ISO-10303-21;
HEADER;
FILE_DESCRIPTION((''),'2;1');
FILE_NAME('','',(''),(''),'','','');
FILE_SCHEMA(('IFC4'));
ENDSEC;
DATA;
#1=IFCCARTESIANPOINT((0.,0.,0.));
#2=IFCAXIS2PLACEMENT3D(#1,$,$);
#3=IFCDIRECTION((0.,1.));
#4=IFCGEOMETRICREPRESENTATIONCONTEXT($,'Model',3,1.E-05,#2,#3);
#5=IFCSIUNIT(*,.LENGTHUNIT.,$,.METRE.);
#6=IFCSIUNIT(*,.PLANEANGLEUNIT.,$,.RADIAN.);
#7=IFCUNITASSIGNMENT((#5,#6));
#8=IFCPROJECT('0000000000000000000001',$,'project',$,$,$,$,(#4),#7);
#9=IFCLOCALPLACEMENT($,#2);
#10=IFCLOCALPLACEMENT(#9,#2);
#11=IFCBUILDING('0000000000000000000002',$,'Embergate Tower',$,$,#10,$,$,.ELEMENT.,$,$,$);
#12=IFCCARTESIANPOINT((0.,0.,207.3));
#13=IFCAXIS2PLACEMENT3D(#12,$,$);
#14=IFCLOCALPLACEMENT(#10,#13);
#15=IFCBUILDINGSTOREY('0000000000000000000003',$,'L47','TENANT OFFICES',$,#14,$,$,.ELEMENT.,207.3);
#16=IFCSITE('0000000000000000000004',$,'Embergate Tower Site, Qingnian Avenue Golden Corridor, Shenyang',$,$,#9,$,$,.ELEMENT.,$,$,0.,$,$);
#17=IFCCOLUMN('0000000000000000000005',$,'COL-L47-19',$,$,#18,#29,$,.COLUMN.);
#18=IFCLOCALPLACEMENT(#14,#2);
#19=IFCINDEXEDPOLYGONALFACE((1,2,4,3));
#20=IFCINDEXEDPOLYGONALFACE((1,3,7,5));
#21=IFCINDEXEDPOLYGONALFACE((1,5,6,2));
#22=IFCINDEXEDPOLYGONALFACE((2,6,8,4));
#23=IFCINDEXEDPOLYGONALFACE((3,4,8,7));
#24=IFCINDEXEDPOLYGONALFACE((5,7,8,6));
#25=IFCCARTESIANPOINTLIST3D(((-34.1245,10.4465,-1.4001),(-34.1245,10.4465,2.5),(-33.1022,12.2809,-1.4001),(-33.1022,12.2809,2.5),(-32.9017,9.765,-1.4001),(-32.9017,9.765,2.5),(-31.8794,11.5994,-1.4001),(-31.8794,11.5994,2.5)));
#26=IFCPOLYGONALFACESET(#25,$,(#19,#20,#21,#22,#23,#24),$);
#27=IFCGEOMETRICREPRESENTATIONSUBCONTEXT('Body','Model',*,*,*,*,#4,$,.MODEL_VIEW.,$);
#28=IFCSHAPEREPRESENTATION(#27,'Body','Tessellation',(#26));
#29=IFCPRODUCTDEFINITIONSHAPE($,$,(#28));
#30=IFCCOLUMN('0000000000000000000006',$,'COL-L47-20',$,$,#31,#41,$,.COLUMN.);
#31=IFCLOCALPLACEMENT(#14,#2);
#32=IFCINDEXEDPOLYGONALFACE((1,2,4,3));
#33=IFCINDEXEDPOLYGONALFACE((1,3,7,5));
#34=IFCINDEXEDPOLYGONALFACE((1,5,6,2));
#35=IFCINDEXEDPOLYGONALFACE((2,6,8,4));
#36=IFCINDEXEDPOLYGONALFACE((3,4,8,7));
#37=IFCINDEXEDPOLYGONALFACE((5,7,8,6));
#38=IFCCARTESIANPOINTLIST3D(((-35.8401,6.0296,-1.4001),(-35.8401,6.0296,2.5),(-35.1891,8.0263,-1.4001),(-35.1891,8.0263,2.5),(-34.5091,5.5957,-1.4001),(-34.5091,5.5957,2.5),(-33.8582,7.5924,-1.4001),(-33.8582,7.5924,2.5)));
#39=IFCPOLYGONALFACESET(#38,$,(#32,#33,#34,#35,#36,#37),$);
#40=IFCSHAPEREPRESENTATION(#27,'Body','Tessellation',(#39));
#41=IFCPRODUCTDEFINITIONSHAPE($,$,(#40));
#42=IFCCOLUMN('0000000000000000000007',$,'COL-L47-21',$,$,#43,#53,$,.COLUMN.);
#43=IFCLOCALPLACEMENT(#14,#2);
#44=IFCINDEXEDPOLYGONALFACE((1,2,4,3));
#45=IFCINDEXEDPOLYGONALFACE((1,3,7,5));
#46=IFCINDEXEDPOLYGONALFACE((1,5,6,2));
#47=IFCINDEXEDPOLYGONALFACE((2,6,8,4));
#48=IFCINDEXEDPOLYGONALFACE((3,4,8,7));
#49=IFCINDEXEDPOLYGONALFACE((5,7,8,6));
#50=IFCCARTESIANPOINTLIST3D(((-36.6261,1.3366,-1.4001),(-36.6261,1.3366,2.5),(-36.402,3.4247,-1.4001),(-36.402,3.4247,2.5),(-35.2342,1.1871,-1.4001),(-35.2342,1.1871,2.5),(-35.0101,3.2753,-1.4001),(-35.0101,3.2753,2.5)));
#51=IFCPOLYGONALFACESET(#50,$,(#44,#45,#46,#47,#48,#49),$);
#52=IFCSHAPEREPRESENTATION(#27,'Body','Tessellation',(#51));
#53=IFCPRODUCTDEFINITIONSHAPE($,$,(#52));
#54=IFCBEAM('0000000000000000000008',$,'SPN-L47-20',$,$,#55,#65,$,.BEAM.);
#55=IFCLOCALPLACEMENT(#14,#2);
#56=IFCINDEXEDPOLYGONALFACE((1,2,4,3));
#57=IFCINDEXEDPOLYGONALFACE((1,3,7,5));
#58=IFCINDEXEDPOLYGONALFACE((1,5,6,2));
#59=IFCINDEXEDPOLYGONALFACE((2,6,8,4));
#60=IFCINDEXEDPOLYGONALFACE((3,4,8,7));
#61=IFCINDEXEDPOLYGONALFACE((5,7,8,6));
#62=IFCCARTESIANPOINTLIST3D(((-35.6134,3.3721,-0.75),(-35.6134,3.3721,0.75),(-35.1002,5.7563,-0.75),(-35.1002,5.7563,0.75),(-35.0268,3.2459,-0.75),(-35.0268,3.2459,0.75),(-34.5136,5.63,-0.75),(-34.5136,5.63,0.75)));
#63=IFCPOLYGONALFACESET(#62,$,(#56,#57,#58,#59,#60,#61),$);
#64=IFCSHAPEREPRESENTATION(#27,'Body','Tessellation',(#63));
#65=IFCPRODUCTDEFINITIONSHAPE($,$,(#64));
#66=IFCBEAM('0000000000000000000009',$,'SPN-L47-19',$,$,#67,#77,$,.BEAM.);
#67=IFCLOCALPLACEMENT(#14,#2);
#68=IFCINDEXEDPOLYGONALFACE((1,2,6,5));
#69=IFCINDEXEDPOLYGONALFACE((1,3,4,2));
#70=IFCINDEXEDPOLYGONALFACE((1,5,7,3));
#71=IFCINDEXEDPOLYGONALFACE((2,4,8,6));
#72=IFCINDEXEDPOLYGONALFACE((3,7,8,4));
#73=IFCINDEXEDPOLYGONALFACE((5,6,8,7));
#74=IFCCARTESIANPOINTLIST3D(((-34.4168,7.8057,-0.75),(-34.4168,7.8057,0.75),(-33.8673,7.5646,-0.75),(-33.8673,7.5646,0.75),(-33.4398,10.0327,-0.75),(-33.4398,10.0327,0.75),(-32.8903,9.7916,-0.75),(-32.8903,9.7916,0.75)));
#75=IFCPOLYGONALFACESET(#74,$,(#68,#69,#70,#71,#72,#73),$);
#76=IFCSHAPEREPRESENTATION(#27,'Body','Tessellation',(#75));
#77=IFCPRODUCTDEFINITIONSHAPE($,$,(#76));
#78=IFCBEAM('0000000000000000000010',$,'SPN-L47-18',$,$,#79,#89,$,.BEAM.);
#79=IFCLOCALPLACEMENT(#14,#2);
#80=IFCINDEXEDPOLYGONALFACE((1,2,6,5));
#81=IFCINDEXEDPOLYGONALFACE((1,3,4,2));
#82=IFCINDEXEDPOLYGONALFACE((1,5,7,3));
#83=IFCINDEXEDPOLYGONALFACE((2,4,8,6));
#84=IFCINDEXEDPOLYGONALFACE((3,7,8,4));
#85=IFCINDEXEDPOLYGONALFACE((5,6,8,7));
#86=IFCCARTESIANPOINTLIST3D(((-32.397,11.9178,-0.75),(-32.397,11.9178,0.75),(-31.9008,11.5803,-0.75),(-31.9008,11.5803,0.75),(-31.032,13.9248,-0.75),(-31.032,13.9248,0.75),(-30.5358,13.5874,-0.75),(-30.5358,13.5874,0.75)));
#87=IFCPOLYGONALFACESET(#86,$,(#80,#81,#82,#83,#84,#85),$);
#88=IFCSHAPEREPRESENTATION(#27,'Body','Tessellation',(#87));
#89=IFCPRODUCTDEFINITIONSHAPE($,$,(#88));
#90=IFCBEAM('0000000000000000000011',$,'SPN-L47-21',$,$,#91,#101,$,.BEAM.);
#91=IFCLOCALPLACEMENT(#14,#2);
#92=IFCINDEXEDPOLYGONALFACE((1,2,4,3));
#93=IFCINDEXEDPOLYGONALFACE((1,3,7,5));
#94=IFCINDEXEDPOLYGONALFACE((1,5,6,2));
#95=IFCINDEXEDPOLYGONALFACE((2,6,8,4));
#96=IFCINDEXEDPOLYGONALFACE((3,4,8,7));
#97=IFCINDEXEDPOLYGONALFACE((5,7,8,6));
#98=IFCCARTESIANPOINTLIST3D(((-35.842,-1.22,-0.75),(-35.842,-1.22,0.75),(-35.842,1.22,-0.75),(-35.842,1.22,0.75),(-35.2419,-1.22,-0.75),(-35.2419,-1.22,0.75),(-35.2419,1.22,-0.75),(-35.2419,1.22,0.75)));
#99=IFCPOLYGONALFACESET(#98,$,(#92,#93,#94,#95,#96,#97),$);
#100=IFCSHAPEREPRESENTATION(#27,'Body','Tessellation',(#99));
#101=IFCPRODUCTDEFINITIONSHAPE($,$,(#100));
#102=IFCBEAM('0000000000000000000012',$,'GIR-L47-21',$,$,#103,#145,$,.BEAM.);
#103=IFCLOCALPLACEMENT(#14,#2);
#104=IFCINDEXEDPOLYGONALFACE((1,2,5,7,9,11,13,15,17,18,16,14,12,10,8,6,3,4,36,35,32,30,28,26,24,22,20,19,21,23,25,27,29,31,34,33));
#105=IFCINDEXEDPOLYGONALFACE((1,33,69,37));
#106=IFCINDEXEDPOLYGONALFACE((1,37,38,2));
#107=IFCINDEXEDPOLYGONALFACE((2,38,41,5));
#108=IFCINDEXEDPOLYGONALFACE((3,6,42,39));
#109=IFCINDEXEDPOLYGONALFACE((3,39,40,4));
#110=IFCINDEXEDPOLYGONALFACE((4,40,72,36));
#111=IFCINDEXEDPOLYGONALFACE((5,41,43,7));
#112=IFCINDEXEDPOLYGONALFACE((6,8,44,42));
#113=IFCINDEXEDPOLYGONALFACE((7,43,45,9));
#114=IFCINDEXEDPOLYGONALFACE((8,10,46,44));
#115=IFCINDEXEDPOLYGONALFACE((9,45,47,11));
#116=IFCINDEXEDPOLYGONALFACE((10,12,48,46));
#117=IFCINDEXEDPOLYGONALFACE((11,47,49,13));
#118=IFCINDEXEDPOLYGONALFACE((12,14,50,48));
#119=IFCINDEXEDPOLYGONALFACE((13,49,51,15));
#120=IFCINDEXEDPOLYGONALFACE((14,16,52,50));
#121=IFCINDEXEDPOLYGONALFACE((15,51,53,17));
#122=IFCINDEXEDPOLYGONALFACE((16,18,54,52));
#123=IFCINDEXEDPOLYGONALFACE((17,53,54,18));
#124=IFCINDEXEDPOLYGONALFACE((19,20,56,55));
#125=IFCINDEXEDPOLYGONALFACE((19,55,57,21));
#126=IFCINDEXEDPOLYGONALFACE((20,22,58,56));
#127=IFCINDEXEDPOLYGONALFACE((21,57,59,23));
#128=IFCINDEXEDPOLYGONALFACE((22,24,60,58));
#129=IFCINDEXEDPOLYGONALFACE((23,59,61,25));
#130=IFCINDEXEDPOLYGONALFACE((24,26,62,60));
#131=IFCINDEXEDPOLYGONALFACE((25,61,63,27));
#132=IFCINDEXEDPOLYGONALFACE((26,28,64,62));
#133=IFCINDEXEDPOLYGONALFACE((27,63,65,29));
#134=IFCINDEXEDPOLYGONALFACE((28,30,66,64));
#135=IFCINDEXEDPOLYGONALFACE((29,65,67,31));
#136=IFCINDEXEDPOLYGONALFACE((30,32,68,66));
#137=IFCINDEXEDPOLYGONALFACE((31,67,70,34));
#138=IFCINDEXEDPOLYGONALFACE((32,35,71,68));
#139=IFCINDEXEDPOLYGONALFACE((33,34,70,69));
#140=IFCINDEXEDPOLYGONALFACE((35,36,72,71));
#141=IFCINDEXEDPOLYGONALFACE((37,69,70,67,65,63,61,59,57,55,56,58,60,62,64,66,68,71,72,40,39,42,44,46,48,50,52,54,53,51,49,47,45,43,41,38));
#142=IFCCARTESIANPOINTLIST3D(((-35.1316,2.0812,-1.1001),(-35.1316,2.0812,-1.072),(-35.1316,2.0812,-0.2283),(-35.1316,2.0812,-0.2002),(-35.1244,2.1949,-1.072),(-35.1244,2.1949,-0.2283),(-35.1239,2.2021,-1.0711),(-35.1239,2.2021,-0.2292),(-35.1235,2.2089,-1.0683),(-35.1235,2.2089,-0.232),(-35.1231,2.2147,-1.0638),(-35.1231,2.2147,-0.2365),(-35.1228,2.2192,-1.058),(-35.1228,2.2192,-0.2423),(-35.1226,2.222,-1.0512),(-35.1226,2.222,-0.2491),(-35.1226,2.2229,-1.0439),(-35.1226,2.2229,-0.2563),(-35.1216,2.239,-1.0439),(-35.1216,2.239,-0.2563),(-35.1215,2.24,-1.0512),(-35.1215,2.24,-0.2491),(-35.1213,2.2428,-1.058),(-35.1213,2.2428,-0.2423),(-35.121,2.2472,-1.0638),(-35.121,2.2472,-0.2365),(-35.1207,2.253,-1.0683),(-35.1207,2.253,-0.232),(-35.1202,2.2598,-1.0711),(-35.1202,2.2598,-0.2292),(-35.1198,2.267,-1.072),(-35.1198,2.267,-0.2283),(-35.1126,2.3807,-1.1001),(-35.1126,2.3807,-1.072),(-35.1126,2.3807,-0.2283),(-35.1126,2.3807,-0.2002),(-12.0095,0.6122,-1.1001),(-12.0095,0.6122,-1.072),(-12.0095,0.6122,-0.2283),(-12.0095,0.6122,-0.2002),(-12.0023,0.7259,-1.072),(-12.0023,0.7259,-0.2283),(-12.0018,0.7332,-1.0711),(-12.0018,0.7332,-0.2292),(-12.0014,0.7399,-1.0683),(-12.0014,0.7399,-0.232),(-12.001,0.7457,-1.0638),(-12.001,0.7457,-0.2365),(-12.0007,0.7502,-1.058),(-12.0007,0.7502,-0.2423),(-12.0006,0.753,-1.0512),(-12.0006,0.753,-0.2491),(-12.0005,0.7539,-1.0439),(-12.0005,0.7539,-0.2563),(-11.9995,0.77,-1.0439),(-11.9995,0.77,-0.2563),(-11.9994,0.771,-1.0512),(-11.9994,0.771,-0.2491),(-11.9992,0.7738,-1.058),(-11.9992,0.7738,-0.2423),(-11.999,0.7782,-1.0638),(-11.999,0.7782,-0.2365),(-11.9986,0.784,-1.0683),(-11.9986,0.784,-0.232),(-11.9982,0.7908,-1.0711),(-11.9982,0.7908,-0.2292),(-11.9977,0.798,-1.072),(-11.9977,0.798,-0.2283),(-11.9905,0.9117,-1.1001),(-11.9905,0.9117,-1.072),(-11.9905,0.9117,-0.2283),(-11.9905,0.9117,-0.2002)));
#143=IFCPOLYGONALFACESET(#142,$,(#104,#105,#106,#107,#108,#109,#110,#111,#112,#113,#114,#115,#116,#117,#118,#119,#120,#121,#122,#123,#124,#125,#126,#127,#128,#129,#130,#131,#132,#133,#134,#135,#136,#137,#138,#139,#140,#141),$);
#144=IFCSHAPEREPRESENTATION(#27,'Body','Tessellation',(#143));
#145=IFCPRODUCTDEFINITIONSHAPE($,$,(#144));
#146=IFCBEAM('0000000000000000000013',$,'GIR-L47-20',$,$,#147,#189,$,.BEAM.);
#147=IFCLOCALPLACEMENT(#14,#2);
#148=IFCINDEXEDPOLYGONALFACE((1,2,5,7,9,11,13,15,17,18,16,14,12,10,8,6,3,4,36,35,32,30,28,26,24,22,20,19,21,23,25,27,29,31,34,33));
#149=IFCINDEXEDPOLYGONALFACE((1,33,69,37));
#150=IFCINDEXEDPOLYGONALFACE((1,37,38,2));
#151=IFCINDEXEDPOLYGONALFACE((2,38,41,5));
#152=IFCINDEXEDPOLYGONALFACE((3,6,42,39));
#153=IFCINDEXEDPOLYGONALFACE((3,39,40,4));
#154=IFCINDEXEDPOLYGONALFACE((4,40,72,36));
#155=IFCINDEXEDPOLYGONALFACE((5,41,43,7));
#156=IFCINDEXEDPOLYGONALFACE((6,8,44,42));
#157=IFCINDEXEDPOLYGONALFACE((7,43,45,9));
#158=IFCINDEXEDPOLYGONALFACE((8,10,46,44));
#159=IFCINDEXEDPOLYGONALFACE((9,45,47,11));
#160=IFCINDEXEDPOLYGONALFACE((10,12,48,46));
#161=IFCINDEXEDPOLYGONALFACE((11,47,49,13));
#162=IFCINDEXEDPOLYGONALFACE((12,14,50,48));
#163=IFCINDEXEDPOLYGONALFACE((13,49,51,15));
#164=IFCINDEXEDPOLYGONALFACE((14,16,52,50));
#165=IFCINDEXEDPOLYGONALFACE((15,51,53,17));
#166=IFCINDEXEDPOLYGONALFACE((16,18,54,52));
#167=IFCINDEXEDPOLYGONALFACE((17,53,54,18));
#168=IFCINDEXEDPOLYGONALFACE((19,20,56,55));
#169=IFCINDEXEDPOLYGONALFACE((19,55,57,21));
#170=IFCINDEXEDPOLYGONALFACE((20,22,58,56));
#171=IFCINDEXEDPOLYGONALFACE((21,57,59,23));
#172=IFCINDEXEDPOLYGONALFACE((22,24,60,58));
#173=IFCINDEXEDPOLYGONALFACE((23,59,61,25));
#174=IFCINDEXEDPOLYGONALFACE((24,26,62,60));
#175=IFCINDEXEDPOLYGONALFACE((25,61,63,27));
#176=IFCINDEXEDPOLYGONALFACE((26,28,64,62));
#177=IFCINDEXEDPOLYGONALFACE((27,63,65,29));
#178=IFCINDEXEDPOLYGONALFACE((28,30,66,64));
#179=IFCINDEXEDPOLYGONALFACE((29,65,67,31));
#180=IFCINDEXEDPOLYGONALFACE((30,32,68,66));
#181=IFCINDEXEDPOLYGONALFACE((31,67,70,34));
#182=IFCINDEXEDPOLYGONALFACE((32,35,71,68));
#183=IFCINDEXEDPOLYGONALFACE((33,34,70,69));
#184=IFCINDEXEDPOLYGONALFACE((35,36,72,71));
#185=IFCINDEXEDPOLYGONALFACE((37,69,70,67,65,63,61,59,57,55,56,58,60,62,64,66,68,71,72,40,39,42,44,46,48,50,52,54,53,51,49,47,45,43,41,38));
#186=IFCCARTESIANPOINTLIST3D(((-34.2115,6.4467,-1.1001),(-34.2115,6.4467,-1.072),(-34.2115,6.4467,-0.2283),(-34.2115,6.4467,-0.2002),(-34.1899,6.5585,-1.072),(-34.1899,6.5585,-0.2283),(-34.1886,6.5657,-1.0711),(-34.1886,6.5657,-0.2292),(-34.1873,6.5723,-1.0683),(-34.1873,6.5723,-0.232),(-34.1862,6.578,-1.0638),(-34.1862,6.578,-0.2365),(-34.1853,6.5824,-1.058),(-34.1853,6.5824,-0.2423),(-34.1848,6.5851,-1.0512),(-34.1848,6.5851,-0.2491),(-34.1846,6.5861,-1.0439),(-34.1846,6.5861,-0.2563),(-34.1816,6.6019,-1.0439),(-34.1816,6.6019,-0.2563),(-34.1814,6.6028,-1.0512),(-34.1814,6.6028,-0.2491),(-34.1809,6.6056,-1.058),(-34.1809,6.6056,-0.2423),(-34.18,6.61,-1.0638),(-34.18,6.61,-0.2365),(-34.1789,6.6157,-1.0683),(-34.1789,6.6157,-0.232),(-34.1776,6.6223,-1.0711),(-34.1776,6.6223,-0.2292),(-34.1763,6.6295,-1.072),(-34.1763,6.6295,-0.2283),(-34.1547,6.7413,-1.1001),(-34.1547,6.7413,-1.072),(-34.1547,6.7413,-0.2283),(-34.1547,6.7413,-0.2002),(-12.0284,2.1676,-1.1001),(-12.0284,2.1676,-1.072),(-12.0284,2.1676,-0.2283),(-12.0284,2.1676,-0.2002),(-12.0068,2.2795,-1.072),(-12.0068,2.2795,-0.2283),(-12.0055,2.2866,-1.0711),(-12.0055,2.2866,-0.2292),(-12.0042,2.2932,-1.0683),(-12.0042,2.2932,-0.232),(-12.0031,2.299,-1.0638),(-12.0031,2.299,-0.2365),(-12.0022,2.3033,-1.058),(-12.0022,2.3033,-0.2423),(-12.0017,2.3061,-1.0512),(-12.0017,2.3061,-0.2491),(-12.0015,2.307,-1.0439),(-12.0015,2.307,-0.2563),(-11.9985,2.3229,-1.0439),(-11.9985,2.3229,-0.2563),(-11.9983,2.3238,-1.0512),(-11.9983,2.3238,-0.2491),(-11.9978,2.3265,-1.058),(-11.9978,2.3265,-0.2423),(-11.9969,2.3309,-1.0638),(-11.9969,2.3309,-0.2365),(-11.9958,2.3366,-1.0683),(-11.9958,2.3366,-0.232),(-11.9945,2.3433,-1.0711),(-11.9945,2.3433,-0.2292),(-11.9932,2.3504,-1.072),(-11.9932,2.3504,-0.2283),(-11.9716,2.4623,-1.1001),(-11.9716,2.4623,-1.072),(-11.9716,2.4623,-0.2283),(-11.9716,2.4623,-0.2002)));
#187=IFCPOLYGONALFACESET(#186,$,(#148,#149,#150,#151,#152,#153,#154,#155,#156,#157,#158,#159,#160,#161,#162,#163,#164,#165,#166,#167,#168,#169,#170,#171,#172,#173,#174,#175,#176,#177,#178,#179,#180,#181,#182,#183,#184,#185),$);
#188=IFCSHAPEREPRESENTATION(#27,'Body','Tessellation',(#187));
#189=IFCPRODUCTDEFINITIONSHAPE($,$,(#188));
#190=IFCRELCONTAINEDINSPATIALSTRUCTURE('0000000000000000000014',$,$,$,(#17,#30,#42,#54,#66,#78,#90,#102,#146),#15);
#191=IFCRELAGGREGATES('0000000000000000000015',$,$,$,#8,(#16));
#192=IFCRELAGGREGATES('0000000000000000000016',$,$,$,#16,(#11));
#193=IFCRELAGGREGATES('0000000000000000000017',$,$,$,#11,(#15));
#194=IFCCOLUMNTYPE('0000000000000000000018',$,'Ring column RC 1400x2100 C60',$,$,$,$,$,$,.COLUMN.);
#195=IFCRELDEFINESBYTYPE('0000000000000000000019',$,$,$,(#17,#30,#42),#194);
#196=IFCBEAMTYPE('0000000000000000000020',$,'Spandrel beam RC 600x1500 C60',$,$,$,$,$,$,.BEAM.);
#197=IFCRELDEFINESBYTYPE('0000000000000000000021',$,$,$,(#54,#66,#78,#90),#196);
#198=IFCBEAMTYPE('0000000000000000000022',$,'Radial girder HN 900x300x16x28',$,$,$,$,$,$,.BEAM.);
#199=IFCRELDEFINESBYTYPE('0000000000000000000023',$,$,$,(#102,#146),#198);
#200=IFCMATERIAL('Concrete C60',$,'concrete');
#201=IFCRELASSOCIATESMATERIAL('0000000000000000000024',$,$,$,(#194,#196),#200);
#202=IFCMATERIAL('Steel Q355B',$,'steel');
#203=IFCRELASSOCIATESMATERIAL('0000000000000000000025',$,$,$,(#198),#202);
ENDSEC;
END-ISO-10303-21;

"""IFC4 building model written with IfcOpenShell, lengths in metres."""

from ifc_helpers import new_model, si_unit, direction, frame, origin, origin_2d, place, context, subcontext, project, spatial, rectangle, i_section, extrude, source, transform, mapped, material, material_profile, profile_set, type_object, element, save


model = new_model("IFC4")

# Units and contexts
model_context = context("Model", 3, precision=1e-05, world=origin(), true_north=direction((0.0, 1.0)))
body_context = subcontext(model_context, "Body", "Model", "MODEL_VIEW")
ifc_project = project(units=[si_unit("LENGTHUNIT", "METRE"), si_unit("PLANEANGLEUNIT", "RADIAN")], contexts=[model_context])

# Site, building, storey
site_placement = place(None, origin())
site = spatial("IfcSite", under=ifc_project, at=site_placement, Name="Embergate Tower Site, Qingnian Avenue Golden Corridor, Shenyang", CompositionType="ELEMENT", RefElevation=0.0)
building_placement = place(site_placement, origin())
building = spatial("IfcBuilding", under=site, at=building_placement, Name="Embergate Tower", CompositionType="ELEMENT")
storey_placement = place(building_placement, frame((0.0, 0.0, 207.3)))
storey = spatial("IfcBuildingStorey", under=building, at=storey_placement, Name="L47", Description="TENANT OFFICES", CompositionType="ELEMENT", Elevation=207.3)

# Columns
ifc_material_1 = material(Name="Concrete C60", Category="concrete")
ifc_material_profile_1 = material_profile(ifc_material_1, rectangle(XDim=1.3999, YDim=2.1001, at=origin_2d()), Name="RC 1400x2100")
ifc_profile_set_1 = profile_set([ifc_material_profile_1], Name="Concrete C60")
column_type = type_object("IfcColumnType", Name="Ring column RC 1400x2100 C60", PredefinedType="COLUMN", material=ifc_profile_set_1)
shared_shape_1 = source(origin(), body_context, "Body", "SweptSolid", [
    extrude(rectangle(XDim=1.3999, YDim=2.1001, at=origin_2d()), origin(), (0.0, 0.0, 1.0), 3.9001),
])
for number, where, z_axis, x_axis, name in (
    (1, (-33.002, 11.0229, -1.4001), (0.0, 0.0, 1.0), (-0.8735, 0.486823, 0.0), "COL-L47-19"),
    (2, (-34.8491, 6.811, -1.4001), (0.0, 0.0, 1.0), (-0.950754, 0.309946, 0.0), "COL-L47-20"),
    (3, (-35.8181, 2.3059, -1.4001), (0.0, 0.0, 1.0), (-0.994288, 0.106733, 0.0), "COL-L47-21"),
):
    element("IfcColumn", number, at=place(storey_placement, frame(where, z_axis=z_axis, x_axis=x_axis)), inside=storey, type_object=column_type, Name=name, PredefinedType="COLUMN", context=body_context, shape_type="MappedRepresentation", body=[
        mapped(shared_shape_1, transform((0.0, 0.0, 0.0))),
    ])

# Beams
ifc_material_profile_2 = material_profile(ifc_material_1, rectangle(XDim=0.6001, YDim=1.5, at=origin_2d()), Name="RC 600x1500")
ifc_profile_set_2 = profile_set([ifc_material_profile_2], Name="Concrete C60")
beam_type_1 = type_object("IfcBeamType", Name="Spandrel beam RC 600x1500 C60", PredefinedType="BEAM", material=ifc_profile_set_2)
shared_shape_2 = source(origin(), body_context, "Body", "SweptSolid", [
    extrude(rectangle(XDim=0.6001, YDim=1.5, at=origin_2d()), origin(), (0.0, 0.0, 1.0), 2.4387),
])
beam_1_placement = place(storey_placement, frame((-34.8069, 5.6931, 0.0), z_axis=(-0.210438, -0.977607, 0.0), x_axis=(0.977607, -0.210438, 0.0)))
element("IfcBeam", 4, at=beam_1_placement, inside=storey, type_object=beam_type_1, Name="SPN-L47-20", PredefinedType="BEAM", context=body_context, shape_type="MappedRepresentation", body=[
    mapped(shared_shape_2, transform((0.0, 0.0, 0.0))),
])
shared_shape_3 = source(origin(), body_context, "Body", "SweptSolid", [
    extrude(rectangle(XDim=0.6001, YDim=1.5, at=origin_2d()), origin(), (0.0, 0.0, 1.0), 2.4319),
])
beam_2_placement = place(storey_placement, frame((-33.165, 9.9121, 0.0), z_axis=(-0.401756, -0.915747, 0.0), x_axis=(0.915747, -0.401756, 0.0)))
element("IfcBeam", 5, at=beam_2_placement, inside=storey, type_object=beam_type_1, Name="SPN-L47-19", PredefinedType="BEAM", context=body_context, shape_type="MappedRepresentation", body=[
    mapped(shared_shape_3, transform((0.0, 0.0, 0.0))),
])
shared_shape_4 = source(origin(), body_context, "Body", "SweptSolid", [
    extrude(rectangle(XDim=0.6001, YDim=1.5, at=origin_2d()), origin(), (0.0, 0.0, 1.0), 2.4272),
])
beam_3_placement = place(storey_placement, frame((-30.7839, 13.7561, 0.0), z_axis=(-0.56236, -0.826893, 0.0), x_axis=(0.826893, -0.56236, 0.0)))
element("IfcBeam", 6, at=beam_3_placement, inside=storey, type_object=beam_type_1, Name="SPN-L47-18", PredefinedType="BEAM", context=body_context, shape_type="MappedRepresentation", body=[
    mapped(shared_shape_4, transform((0.0, 0.0, 0.0))),
])
shared_shape_5 = source(origin(), body_context, "Body", "SweptSolid", [
    extrude(rectangle(XDim=0.6001, YDim=1.5, at=origin_2d()), origin(), (0.0, 0.0, 1.0), 2.4399),
])
beam_4_placement = place(storey_placement, frame((-35.542, 1.22, 0.0), z_axis=(0.0, -1.0, 0.0), x_axis=(1.0, 0.0, 0.0)))
element("IfcBeam", 7, at=beam_4_placement, inside=storey, type_object=beam_type_1, Name="SPN-L47-21", PredefinedType="BEAM", context=body_context, shape_type="MappedRepresentation", body=[
    mapped(shared_shape_5, transform((0.0, 0.0, 0.0))),
])
ifc_material_2 = material(Name="Steel Q355B", Category="steel")
ifc_material_profile_3 = material_profile(ifc_material_2, i_section(OverallWidth=0.3, OverallDepth=0.8999, WebThickness=0.0161, FlangeThickness=0.0281, FilletRadius=0.0281, at=origin_2d()), Name="HN 900x300x16x28")
ifc_profile_set_3 = profile_set([ifc_material_profile_3], Name="Steel Q355 grade B")
beam_type_2 = type_object("IfcBeamType", Name="Radial girder HN 900x300x16x28", PredefinedType="BEAM", material=ifc_profile_set_3)
shared_shape_6 = source(origin(), body_context, "Body", "SweptSolid", [
    extrude(i_section(OverallWidth=0.3, OverallDepth=0.8999, WebThickness=0.0161, FlangeThickness=0.0281, FilletRadius=0.0281, at=origin_2d()), origin(), (0.0, 0.0, 1.0), 23.1687),
])
beam_5_placement = place(storey_placement, frame((-35.1221, 2.231, -0.6501), z_axis=(0.997988, -0.063404, 0.0), x_axis=(0.063404, 0.997988, 0.0)))
element("IfcBeam", 8, at=beam_5_placement, inside=storey, type_object=beam_type_2, Name="GIR-L47-21", PredefinedType="BEAM", context=body_context, shape_type="MappedRepresentation", body=[
    mapped(shared_shape_6, transform((0.0, 0.0, 0.0))),
])
shared_shape_7 = source(origin(), body_context, "Body", "SweptSolid", [
    extrude(i_section(OverallWidth=0.3, OverallDepth=0.8999, WebThickness=0.0161, FlangeThickness=0.0281, FilletRadius=0.0281, at=origin_2d()), origin(), (0.0, 0.0, 1.0), 22.592),
])
beam_6_placement = place(storey_placement, frame((-34.1831, 6.594, -0.6501), z_axis=(0.981899, -0.189405, 0.0), x_axis=(0.189405, 0.981899, 0.0)))
element("IfcBeam", 9, at=beam_6_placement, inside=storey, type_object=beam_type_2, Name="GIR-L47-20", PredefinedType="BEAM", context=body_context, shape_type="MappedRepresentation", body=[
    mapped(shared_shape_7, transform((0.0, 0.0, 0.0))),
])

save(model, "model.ifc")
